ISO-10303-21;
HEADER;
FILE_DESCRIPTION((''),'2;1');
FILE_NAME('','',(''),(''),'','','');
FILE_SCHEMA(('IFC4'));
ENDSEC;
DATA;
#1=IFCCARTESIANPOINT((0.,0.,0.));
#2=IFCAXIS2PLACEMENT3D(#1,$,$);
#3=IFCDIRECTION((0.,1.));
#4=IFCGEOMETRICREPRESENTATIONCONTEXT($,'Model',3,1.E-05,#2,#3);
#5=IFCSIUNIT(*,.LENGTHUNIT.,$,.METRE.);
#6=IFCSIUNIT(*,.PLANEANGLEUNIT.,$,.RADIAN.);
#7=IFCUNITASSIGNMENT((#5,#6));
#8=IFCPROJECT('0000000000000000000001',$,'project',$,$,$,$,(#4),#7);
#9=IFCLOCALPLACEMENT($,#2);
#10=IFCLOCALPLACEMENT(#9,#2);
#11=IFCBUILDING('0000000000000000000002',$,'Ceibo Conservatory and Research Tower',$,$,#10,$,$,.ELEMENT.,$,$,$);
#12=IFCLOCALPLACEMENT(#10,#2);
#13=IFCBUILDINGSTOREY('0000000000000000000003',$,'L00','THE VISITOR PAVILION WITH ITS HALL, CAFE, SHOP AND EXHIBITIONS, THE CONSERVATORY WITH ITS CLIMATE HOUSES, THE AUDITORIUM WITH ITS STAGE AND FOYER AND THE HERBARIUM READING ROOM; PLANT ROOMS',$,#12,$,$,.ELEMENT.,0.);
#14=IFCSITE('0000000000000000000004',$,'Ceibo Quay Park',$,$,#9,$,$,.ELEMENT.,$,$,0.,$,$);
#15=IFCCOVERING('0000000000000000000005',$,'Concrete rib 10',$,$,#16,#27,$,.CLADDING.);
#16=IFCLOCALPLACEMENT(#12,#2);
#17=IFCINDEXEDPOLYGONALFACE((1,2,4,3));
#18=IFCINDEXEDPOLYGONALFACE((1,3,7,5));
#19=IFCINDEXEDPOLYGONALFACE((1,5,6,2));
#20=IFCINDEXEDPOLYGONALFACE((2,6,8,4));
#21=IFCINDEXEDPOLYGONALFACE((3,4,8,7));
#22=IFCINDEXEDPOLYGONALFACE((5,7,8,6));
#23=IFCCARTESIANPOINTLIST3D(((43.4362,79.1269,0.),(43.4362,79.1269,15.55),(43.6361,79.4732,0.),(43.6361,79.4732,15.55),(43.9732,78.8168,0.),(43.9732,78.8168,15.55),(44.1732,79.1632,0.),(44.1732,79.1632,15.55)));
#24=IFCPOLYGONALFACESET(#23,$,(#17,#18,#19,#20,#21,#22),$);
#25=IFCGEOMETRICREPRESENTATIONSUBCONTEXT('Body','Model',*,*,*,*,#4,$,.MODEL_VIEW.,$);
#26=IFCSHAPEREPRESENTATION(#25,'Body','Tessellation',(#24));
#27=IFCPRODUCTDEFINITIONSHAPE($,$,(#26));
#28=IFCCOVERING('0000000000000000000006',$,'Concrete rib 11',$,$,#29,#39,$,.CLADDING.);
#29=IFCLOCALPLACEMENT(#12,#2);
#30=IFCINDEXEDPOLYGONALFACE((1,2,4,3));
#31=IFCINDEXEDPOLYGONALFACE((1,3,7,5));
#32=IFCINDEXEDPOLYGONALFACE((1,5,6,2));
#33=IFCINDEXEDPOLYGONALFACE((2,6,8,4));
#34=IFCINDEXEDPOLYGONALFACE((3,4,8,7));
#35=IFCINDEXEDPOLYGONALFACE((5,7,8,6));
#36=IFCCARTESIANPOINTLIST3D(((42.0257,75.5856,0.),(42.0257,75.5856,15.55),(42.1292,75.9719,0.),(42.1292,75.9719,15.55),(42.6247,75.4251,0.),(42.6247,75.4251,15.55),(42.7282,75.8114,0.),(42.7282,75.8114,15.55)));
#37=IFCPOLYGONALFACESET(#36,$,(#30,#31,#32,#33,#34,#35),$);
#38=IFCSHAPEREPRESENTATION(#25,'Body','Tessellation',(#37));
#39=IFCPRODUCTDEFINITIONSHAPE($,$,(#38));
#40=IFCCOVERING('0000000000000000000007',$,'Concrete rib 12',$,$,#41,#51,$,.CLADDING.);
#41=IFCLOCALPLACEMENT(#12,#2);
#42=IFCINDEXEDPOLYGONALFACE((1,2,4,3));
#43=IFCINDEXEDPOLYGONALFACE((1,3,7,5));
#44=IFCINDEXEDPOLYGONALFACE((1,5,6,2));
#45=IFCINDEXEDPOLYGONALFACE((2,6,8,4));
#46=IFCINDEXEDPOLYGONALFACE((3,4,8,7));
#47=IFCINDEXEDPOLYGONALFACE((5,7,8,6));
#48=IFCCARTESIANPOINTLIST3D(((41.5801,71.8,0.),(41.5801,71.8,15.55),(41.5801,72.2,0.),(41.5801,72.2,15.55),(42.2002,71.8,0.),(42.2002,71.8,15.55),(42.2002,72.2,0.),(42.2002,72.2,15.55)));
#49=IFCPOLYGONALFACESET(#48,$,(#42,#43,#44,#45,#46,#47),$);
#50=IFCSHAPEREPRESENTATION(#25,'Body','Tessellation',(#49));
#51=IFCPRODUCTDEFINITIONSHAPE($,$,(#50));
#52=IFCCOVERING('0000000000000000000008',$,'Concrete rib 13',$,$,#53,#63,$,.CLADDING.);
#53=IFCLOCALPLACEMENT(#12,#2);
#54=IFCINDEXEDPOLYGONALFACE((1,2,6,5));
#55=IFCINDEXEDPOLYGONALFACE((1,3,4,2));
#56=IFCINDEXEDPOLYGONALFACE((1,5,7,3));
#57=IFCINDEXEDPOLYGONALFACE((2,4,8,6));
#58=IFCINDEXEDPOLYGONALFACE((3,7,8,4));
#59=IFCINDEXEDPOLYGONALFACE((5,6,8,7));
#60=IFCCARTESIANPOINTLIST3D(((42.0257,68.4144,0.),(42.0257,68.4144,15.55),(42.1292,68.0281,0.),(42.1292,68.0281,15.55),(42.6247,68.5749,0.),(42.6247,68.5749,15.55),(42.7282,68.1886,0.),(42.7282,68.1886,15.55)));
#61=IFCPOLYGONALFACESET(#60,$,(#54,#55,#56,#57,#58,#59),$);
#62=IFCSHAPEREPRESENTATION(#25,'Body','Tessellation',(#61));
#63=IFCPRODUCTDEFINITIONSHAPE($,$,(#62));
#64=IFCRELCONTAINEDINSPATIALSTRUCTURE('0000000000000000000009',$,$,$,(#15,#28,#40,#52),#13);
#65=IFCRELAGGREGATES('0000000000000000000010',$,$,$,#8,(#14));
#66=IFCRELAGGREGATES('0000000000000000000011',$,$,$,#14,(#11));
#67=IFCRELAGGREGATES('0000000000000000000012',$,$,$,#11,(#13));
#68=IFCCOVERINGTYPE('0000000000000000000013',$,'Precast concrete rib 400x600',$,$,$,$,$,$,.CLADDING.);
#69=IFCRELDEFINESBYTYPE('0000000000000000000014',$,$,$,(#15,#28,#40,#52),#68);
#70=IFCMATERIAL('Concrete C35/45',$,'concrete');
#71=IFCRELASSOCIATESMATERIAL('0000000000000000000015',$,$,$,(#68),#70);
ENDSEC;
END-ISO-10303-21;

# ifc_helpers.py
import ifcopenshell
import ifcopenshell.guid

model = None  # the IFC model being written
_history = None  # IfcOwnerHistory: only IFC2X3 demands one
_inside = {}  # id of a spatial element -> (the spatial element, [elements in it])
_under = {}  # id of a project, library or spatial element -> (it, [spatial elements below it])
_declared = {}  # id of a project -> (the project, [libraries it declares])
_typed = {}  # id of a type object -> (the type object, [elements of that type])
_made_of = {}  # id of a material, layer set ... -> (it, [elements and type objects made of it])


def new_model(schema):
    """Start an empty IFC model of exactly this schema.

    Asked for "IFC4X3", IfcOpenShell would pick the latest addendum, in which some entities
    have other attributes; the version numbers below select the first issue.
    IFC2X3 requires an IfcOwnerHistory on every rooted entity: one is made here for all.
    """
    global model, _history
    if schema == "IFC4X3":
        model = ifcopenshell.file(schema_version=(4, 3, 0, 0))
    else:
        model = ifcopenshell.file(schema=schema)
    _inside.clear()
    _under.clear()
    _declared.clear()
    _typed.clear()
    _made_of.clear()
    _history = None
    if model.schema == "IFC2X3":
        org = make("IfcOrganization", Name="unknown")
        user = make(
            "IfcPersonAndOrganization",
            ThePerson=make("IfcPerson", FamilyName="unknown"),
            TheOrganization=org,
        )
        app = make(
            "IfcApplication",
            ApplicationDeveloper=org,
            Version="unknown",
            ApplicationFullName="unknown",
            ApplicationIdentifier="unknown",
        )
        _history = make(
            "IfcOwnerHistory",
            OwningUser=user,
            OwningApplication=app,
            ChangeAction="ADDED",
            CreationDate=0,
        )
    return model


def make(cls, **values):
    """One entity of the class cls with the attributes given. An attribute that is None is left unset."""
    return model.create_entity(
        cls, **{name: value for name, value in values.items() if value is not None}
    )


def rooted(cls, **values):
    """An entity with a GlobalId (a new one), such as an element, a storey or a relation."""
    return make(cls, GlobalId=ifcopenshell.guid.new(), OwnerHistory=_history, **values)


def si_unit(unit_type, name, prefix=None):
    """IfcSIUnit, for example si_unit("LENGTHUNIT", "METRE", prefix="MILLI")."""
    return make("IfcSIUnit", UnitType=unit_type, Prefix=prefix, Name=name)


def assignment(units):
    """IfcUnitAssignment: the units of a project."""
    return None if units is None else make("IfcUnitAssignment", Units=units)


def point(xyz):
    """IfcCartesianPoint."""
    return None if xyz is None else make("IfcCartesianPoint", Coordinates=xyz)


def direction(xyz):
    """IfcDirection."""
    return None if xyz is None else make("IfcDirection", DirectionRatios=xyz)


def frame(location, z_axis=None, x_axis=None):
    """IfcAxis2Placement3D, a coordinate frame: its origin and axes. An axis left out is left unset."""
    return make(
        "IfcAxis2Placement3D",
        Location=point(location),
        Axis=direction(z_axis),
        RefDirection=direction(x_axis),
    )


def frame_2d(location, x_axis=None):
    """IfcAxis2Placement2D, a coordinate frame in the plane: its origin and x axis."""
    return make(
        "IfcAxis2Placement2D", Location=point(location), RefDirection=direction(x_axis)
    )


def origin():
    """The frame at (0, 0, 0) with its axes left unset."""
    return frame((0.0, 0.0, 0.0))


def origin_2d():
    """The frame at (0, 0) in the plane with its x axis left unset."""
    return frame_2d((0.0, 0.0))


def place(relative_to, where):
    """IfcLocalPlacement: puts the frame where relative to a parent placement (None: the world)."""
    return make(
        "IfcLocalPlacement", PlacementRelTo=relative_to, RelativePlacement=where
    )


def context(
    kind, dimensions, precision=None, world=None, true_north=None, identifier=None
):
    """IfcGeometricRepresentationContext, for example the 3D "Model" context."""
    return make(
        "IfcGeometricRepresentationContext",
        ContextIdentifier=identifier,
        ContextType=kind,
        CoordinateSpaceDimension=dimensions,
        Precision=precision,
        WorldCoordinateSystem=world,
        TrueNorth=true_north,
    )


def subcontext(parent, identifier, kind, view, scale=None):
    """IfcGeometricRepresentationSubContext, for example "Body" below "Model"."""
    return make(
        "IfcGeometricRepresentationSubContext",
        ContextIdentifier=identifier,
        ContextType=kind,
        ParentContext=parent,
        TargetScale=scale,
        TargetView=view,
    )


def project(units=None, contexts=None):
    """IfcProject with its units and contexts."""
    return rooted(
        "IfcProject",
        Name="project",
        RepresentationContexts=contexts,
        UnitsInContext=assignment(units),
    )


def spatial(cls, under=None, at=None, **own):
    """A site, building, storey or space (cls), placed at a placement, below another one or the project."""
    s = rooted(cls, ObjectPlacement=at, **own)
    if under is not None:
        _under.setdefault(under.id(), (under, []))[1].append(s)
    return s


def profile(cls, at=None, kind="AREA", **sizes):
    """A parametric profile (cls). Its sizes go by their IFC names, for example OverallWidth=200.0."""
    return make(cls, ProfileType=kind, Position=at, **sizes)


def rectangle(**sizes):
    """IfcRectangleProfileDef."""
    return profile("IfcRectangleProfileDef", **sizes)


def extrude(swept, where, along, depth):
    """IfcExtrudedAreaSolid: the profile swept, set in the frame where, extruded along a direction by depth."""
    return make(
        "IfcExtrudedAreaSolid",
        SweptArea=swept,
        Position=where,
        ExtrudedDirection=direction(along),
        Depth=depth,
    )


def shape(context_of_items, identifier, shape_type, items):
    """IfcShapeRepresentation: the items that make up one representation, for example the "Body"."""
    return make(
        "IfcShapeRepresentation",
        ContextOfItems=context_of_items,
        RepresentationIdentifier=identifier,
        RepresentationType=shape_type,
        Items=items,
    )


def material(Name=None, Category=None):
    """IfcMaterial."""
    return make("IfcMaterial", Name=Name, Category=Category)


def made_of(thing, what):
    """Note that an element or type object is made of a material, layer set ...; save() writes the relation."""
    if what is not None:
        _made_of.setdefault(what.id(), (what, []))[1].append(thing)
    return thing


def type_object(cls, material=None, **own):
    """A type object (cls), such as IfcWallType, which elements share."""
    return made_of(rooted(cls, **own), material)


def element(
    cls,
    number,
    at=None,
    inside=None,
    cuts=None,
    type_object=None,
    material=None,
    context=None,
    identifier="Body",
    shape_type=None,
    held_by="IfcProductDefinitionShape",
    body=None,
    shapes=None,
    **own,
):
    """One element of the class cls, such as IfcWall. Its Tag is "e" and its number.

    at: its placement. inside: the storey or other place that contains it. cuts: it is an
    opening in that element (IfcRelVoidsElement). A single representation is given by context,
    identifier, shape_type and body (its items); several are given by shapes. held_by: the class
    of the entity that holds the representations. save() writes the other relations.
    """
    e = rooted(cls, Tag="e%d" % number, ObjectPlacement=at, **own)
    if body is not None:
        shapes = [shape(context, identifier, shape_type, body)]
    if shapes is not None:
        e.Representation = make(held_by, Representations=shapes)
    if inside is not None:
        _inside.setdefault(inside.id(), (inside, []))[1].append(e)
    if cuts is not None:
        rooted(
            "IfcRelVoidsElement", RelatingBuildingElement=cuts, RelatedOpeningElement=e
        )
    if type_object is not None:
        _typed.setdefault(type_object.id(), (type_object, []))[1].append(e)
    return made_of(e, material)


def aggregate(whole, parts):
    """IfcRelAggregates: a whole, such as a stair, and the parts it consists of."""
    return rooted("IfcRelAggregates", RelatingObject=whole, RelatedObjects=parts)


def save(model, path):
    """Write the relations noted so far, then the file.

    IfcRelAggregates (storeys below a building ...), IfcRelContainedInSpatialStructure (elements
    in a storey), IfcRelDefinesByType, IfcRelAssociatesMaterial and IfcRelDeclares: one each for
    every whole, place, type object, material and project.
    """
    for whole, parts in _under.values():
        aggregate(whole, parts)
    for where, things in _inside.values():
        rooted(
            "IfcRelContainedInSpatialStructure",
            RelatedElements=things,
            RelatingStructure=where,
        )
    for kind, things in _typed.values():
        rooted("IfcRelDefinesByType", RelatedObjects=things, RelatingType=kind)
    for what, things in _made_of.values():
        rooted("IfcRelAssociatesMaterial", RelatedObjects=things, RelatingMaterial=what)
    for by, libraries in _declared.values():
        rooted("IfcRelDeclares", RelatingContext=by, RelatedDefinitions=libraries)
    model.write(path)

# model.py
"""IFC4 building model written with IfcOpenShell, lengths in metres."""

from ifc_helpers import new_model, si_unit, direction, frame, origin, origin_2d, place, context, subcontext, project, spatial, rectangle, extrude, material, type_object, element, save


model = new_model("IFC4")

# Units and contexts
model_context = context("Model", 3, precision=1e-05, world=origin(), true_north=direction((0.0, 1.0)))
body_context = subcontext(model_context, "Body", "Model", "MODEL_VIEW")
ifc_project = project(units=[si_unit("LENGTHUNIT", "METRE"), si_unit("PLANEANGLEUNIT", "RADIAN")], contexts=[model_context])

# Site, building, storey
site_placement = place(None, origin())
site = spatial("IfcSite", under=ifc_project, at=site_placement, Name="Ceibo Quay Park", CompositionType="ELEMENT", RefElevation=0.0)
building_placement = place(site_placement, origin())
building = spatial("IfcBuilding", under=site, at=building_placement, Name="Ceibo Conservatory and Research Tower", CompositionType="ELEMENT")
storey_placement = place(building_placement, origin())
storey = spatial("IfcBuildingStorey", under=building, at=storey_placement, Name="L00", Description="THE VISITOR PAVILION WITH ITS HALL, CAFE, SHOP AND EXHIBITIONS, THE CONSERVATORY WITH ITS CLIMATE HOUSES, THE AUDITORIUM WITH ITS STAGE AND FOYER AND THE HERBARIUM READING ROOM; PLANT ROOMS", CompositionType="ELEMENT", Elevation=0.0)

# Shared definitions
ifc_material_1 = material(Name="Concrete C35/45", Category="concrete")

# Coverings
covering_type = type_object("IfcCoveringType", Name="Precast concrete rib 400x600", PredefinedType="CLADDING", material=ifc_material_1)
for number, where, z_axis, x_axis, name in (
    (1, (43.8047, 79.145, 0.0), (0.0, 0.0, 1.0), (-0.866025, 0.5, 0.0), "Concrete rib 10"),
    (2, (42.377, 75.6985, 0.0), (0.0, 0.0, 1.0), (-0.965926, 0.258819, 0.0), "Concrete rib 11"),
    (3, (41.8901, 72.0, 0.0), (0.0, 0.0, 1.0), (-1.0, 0.0, 0.0), "Concrete rib 12"),
    (4, (42.377, 68.3015, 0.0), (0.0, 0.0, 1.0), (-0.965926, -0.258819, 0.0), "Concrete rib 13"),
):
    element("IfcCovering", number, at=place(storey_placement, frame(where, z_axis=z_axis, x_axis=x_axis)), inside=storey, type_object=covering_type, Name=name, PredefinedType="CLADDING", context=body_context, shape_type="SweptSolid", body=[
        extrude(rectangle(XDim=0.6201, YDim=0.3999, at=origin_2d()), origin(), (0.0, 0.0, 1.0), 15.55),
    ])

save(model, "model.ifc")
